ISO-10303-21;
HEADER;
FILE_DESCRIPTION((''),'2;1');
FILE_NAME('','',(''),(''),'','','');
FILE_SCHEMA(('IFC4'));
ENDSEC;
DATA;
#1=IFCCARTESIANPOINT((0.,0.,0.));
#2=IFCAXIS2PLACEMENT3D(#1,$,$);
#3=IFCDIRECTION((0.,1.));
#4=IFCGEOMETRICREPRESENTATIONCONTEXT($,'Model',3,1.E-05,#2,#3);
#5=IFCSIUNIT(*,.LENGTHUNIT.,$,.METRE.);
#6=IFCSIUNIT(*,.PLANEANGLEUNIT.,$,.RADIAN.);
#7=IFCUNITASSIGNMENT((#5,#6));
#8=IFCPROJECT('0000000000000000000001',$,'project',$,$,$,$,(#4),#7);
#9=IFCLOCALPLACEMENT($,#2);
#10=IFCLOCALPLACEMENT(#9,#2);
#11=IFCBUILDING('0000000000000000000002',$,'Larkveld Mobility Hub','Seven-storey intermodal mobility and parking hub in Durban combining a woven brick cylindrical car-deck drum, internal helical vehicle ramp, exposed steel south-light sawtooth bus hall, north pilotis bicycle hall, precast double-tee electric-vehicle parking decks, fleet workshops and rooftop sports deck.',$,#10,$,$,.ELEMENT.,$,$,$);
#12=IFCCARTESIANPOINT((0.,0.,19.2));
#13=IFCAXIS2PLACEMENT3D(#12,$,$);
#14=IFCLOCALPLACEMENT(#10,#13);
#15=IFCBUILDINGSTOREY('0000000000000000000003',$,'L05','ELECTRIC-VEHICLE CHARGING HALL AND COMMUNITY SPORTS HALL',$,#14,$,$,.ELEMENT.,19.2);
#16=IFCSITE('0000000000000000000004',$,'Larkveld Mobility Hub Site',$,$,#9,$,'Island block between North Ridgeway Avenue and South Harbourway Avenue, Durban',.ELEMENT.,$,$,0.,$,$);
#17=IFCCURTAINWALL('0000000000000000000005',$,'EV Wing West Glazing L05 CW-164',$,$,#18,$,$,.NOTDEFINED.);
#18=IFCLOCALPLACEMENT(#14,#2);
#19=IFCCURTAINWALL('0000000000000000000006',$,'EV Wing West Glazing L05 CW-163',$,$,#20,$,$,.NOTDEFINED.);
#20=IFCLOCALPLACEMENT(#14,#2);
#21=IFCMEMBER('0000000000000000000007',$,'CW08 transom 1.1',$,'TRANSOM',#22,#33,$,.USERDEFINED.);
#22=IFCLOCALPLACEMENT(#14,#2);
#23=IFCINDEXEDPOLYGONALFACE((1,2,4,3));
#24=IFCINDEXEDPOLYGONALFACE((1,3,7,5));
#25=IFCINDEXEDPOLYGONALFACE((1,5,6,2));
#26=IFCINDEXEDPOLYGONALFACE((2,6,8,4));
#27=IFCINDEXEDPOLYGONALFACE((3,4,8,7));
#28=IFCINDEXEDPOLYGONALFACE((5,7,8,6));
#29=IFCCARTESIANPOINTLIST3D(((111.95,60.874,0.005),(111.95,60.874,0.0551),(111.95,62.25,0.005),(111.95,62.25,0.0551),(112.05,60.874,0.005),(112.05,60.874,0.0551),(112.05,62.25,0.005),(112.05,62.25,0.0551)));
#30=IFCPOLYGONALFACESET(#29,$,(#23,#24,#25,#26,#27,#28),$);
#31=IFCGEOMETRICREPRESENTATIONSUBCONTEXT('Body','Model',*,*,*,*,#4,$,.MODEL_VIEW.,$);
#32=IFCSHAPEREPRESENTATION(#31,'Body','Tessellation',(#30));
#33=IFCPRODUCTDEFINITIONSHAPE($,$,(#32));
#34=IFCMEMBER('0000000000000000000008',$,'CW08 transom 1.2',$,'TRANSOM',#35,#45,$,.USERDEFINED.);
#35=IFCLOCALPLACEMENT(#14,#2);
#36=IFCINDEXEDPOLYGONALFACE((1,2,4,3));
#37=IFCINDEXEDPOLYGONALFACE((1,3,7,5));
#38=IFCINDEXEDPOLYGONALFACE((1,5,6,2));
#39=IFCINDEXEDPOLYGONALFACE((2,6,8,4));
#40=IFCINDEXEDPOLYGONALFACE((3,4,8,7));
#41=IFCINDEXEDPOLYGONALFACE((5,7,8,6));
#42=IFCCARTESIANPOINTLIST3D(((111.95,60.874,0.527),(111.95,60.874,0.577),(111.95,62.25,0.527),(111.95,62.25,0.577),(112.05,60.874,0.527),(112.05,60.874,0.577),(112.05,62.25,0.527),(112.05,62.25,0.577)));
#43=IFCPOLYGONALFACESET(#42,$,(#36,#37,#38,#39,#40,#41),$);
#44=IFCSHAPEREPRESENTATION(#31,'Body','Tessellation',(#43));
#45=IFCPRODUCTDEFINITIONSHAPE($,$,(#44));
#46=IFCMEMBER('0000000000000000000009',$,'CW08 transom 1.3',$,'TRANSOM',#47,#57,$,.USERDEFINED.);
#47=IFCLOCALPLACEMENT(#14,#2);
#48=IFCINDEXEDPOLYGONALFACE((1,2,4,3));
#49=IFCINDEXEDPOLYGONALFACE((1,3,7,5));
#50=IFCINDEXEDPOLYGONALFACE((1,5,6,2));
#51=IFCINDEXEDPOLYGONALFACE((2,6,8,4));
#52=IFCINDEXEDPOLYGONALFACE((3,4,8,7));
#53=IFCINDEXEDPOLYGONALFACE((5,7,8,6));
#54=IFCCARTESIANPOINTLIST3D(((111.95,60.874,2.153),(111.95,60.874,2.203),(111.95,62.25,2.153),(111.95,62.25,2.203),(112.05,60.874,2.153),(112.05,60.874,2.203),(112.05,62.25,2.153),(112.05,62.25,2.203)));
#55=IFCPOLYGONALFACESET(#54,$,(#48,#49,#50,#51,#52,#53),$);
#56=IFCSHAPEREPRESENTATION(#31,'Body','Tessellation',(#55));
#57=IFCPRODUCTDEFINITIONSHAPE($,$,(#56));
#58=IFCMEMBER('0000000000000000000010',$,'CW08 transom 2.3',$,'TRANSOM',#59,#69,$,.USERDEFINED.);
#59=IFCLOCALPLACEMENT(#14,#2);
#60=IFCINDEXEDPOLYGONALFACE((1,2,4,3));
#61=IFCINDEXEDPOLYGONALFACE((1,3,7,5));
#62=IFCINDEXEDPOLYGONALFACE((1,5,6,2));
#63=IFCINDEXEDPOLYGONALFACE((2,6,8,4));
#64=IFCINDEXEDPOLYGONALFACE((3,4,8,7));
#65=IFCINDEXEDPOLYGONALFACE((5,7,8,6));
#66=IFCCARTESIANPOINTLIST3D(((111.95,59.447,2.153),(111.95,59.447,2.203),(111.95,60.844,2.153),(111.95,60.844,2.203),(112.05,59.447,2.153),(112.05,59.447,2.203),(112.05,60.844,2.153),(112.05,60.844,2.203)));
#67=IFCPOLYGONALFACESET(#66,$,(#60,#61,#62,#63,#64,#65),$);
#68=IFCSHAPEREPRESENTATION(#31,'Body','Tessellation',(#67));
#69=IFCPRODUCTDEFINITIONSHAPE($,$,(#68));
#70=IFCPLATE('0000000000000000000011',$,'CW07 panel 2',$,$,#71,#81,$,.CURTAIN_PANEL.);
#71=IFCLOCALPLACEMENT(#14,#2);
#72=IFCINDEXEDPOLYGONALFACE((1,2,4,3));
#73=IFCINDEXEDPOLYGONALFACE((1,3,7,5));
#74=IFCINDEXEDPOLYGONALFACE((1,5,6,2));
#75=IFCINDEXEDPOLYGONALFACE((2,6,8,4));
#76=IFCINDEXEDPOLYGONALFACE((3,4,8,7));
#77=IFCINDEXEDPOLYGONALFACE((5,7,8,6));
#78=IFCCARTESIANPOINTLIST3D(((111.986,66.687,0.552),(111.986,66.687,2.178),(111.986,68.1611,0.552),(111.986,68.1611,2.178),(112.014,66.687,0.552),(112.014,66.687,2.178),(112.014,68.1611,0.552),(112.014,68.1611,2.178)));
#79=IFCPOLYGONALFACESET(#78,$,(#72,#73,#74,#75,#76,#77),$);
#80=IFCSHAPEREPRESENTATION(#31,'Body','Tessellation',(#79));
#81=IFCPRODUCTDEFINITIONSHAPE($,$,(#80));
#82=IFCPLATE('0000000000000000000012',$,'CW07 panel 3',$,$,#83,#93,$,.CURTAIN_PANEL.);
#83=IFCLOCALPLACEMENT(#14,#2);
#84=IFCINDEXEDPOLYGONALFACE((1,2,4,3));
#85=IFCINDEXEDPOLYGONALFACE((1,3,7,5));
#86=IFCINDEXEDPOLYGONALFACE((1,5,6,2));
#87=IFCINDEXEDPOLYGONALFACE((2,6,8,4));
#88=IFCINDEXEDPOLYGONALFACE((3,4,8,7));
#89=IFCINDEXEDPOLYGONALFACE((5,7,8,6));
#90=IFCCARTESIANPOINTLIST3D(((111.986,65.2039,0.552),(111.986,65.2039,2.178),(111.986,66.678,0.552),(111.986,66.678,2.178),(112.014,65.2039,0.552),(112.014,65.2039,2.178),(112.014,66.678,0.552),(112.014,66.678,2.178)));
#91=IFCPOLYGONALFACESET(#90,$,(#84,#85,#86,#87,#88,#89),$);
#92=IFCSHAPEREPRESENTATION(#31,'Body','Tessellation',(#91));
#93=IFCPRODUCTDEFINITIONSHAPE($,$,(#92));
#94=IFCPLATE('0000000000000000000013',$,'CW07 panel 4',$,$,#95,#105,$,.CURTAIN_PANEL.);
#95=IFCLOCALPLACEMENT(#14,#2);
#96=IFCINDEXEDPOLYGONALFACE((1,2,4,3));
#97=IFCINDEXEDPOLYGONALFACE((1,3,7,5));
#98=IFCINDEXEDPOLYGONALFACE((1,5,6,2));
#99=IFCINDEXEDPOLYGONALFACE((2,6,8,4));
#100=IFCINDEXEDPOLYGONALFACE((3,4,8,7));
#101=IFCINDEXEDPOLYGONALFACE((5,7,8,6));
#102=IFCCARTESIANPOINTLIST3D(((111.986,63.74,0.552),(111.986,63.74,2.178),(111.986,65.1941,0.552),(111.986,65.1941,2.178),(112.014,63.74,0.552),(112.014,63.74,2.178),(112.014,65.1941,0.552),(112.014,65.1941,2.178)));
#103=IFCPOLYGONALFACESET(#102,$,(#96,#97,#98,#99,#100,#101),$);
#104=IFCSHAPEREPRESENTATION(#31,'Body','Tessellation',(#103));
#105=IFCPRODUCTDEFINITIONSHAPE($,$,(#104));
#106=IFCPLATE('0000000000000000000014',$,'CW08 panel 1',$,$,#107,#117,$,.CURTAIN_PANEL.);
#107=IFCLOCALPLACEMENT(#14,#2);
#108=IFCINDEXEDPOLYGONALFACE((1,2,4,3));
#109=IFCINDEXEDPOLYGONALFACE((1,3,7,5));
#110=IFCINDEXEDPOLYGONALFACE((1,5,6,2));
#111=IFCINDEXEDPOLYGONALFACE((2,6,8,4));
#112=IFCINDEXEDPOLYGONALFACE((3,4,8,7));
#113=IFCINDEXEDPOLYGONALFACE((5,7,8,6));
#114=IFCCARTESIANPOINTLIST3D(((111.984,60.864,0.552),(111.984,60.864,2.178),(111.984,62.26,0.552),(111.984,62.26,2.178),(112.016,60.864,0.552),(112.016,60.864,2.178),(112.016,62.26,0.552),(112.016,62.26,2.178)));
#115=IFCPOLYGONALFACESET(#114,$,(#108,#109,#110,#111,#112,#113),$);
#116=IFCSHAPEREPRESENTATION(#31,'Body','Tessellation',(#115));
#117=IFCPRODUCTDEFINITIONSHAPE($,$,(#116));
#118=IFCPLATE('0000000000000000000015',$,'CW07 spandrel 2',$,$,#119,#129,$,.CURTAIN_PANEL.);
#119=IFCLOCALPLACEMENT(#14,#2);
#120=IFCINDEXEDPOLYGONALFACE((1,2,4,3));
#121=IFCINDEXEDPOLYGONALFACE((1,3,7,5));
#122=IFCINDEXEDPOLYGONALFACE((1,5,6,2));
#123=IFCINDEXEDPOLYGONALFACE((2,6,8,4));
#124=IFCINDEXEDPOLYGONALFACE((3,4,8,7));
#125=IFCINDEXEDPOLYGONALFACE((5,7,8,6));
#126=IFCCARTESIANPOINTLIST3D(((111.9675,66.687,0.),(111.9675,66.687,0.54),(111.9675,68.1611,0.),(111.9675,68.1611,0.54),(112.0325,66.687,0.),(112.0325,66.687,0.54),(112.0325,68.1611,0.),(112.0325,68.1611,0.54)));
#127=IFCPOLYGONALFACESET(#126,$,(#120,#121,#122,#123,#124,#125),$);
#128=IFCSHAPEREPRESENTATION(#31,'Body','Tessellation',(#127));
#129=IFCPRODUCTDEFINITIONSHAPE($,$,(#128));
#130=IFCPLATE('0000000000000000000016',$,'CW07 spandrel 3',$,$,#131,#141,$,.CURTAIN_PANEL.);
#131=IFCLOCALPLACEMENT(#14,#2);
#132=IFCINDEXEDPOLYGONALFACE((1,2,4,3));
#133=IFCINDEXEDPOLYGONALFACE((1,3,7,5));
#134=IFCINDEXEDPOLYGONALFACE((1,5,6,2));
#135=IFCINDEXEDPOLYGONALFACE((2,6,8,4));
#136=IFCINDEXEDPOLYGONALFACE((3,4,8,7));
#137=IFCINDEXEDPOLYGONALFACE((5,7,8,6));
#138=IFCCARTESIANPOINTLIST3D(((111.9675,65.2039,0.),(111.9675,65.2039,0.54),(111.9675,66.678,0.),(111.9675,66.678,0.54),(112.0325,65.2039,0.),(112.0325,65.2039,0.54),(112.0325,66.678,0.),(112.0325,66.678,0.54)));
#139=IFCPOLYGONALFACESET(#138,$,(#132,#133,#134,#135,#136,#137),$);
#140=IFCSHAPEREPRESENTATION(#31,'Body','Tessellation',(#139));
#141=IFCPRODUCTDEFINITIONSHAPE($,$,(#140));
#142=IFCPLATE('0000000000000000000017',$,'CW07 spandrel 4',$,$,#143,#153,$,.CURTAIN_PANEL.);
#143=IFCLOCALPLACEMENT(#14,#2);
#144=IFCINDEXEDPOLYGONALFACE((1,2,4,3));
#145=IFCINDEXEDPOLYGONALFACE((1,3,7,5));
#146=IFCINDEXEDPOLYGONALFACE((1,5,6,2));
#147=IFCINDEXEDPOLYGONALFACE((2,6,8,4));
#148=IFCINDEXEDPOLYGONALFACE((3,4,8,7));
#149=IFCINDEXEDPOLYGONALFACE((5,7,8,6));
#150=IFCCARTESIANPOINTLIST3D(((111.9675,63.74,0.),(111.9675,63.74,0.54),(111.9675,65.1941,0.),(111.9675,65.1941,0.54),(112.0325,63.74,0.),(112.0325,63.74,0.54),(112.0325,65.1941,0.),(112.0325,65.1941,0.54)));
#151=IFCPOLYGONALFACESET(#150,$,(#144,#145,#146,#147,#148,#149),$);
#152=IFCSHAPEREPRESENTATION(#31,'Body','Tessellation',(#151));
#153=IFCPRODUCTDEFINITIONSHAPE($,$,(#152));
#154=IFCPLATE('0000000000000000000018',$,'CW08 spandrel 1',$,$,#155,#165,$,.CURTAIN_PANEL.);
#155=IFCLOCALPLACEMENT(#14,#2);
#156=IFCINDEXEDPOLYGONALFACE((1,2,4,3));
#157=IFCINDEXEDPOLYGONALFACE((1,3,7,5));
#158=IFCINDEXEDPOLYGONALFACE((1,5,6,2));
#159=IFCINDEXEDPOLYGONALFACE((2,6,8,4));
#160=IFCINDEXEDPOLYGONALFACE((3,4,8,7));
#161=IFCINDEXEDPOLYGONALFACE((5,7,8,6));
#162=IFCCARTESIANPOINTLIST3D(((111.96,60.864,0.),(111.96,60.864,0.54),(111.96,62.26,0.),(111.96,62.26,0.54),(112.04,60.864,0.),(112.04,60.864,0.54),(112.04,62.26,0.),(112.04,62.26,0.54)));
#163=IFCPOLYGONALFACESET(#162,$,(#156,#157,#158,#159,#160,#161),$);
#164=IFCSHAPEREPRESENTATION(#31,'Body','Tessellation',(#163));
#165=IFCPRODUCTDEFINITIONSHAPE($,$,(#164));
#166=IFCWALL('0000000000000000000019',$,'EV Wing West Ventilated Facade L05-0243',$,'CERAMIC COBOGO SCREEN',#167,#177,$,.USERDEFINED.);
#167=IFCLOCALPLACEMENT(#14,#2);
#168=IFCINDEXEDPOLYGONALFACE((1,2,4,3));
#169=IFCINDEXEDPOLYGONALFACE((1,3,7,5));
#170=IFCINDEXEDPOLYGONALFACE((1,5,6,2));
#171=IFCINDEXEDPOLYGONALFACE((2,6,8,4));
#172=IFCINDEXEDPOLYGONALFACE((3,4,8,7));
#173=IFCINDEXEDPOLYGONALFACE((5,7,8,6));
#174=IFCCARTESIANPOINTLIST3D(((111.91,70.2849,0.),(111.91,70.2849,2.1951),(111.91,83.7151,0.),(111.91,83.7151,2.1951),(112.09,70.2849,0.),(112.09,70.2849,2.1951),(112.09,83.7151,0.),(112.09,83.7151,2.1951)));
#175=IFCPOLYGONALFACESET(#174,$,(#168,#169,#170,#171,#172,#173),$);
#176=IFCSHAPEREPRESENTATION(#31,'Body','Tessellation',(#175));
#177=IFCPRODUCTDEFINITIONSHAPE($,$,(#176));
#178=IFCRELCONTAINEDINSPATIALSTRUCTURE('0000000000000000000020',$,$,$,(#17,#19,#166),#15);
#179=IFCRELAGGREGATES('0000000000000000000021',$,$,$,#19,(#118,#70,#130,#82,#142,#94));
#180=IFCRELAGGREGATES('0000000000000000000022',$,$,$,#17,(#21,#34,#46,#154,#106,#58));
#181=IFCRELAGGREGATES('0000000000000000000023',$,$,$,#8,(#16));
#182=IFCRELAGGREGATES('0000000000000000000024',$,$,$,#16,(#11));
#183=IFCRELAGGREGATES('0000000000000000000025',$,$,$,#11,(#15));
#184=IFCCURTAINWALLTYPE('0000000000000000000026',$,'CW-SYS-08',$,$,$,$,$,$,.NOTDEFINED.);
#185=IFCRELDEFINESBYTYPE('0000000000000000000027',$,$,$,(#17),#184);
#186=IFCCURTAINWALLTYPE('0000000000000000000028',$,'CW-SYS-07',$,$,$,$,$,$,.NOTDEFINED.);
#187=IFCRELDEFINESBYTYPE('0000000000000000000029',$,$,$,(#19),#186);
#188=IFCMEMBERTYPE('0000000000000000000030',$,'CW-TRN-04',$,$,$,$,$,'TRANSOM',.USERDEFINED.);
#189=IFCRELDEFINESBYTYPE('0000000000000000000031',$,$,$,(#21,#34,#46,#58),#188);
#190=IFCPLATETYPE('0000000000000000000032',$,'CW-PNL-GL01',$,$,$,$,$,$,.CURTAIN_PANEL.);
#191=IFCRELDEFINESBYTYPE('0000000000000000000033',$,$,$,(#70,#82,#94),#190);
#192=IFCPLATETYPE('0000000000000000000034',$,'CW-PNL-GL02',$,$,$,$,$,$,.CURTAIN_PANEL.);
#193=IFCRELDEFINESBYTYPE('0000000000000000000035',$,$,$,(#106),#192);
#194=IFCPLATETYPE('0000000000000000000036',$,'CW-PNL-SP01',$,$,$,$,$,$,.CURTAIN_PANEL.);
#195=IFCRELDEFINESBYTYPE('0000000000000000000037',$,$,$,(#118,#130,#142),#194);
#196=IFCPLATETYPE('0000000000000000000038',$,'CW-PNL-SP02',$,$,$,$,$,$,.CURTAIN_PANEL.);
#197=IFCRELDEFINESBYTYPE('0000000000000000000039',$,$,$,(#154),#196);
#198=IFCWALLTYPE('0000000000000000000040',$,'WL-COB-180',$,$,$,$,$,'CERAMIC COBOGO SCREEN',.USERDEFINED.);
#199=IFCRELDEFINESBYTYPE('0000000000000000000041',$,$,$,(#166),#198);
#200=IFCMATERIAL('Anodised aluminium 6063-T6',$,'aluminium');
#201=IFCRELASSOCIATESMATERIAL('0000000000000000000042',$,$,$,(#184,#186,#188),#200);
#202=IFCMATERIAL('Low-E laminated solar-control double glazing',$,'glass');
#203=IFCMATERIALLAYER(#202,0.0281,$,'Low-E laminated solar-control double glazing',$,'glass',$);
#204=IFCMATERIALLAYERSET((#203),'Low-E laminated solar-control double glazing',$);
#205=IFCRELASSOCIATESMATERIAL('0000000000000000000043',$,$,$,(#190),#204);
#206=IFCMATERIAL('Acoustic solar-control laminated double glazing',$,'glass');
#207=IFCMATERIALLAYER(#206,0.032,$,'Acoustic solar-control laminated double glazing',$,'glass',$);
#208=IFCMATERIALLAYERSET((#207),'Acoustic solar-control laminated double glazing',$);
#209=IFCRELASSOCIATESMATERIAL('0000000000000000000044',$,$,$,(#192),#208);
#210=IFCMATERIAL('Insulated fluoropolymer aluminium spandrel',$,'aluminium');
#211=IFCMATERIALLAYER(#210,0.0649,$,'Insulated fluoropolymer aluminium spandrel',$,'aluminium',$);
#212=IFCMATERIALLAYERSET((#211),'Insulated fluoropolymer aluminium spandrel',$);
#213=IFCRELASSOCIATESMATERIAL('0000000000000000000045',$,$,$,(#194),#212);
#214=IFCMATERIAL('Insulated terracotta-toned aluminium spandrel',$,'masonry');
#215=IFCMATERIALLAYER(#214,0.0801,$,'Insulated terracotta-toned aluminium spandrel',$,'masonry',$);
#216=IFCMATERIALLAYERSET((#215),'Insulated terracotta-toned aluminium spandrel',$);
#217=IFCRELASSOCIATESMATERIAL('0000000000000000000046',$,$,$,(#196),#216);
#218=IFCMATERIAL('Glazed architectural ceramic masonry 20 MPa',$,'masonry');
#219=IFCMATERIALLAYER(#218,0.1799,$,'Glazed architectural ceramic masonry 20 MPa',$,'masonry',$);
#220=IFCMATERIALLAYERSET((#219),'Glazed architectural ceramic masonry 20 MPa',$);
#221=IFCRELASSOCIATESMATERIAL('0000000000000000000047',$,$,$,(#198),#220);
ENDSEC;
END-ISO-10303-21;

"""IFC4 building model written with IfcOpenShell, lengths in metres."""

from ifc_helpers import new_model, si_unit, direction, frame, frame_2d, origin, origin_2d, place, context, subcontext, project, spatial, rectangle, extrude, material, layer, layer_set, material_profile, profile_set, type_object, element, aggregate, save


model = new_model("IFC4")

# Units and contexts
model_context = context("Model", 3, precision=1e-05, world=origin(), true_north=direction((0.0, 1.0)))
body_context = subcontext(model_context, "Body", "Model", "MODEL_VIEW")
ifc_project = project(units=[si_unit("LENGTHUNIT", "METRE"), si_unit("PLANEANGLEUNIT", "RADIAN")], contexts=[model_context])

# Site, building, storey
site_placement = place(None, origin())
site = spatial("IfcSite", under=ifc_project, at=site_placement, Name="Larkveld Mobility Hub Site", LongName="Island block between North Ridgeway Avenue and South Harbourway Avenue, Durban", CompositionType="ELEMENT", RefElevation=0.0)
building_placement = place(site_placement, origin())
building = spatial("IfcBuilding", under=site, at=building_placement, Name="Larkveld Mobility Hub", Description="Seven-storey intermodal mobility and parking hub in Durban combining a woven brick cylindrical car-deck drum, internal helical vehicle ramp, exposed steel south-light sawtooth bus hall, north pilotis bicycle hall, precast double-tee electric-vehicle parking decks, fleet workshops and rooftop sports deck.", CompositionType="ELEMENT")
storey_placement = place(building_placement, frame((0.0, 0.0, 19.2)))
storey = spatial("IfcBuildingStorey", under=building, at=storey_placement, Name="L05", Description="ELECTRIC-VEHICLE CHARGING HALL AND COMMUNITY SPORTS HALL", CompositionType="ELEMENT", Elevation=19.2)

# Curtain walls
ifc_material_1 = material(Name="Anodised aluminium 6063-T6", Category="aluminium")
curtain_wall_type_1 = type_object("IfcCurtainWallType", Name="CW-SYS-08", PredefinedType="NOTDEFINED", material=ifc_material_1)
curtain_wall_1_placement = place(storey_placement, origin())
curtain_wall_1 = element("IfcCurtainWall", 1, at=curtain_wall_1_placement, inside=storey, type_object=curtain_wall_type_1, Name="EV Wing West Glazing L05 CW-164", PredefinedType="NOTDEFINED")
curtain_wall_type_2 = type_object("IfcCurtainWallType", Name="CW-SYS-07", PredefinedType="NOTDEFINED", material=ifc_material_1)
curtain_wall_2_placement = place(storey_placement, origin())
curtain_wall_2 = element("IfcCurtainWall", 2, at=curtain_wall_2_placement, inside=storey, type_object=curtain_wall_type_2, Name="EV Wing West Glazing L05 CW-163", PredefinedType="NOTDEFINED")

# Members
ifc_material_profile_1 = material_profile(ifc_material_1, rectangle(XDim=0.1001, YDim=0.05, at=origin_2d()), Name="ALU TRAN 50x100")
ifc_profile_set_1 = profile_set([ifc_material_profile_1], Name="Anodised aluminium 6063-T6")
member_type_1 = type_object("IfcMemberType", Name="CW-TRN-04", ElementType="TRANSOM", PredefinedType="USERDEFINED", material=ifc_profile_set_1)
member_1_placement = place(storey_placement, frame((112.0, 62.25, 0.03), z_axis=(0.0, -1.0, 0.0), x_axis=(1.0, 0.0, 0.0)))
member_1 = element("IfcMember", 3, at=member_1_placement, type_object=member_type_1, Name="CW08 transom 1.1", ObjectType="TRANSOM", PredefinedType="USERDEFINED", context=body_context, shape_type="SweptSolid", body=[
    extrude(rectangle(XDim=0.1001, YDim=0.05, at=origin_2d()), origin(), (0.0, 0.0, 1.0), 1.376),
])
member_2_placement = place(storey_placement, frame((112.0, 62.25, 0.552), z_axis=(0.0, -1.0, 0.0), x_axis=(1.0, 0.0, 0.0)))
member_2 = element("IfcMember", 4, at=member_2_placement, type_object=member_type_1, Name="CW08 transom 1.2", ObjectType="TRANSOM", PredefinedType="USERDEFINED", context=body_context, shape_type="SweptSolid", body=[
    extrude(rectangle(XDim=0.1001, YDim=0.05, at=origin_2d()), origin(), (0.0, 0.0, 1.0), 1.376),
])
member_3_placement = place(storey_placement, frame((112.0, 62.25, 2.178), z_axis=(0.0, -1.0, 0.0), x_axis=(1.0, 0.0, 0.0)))
member_3 = element("IfcMember", 5, at=member_3_placement, type_object=member_type_1, Name="CW08 transom 1.3", ObjectType="TRANSOM", PredefinedType="USERDEFINED", context=body_context, shape_type="SweptSolid", body=[
    extrude(rectangle(XDim=0.1001, YDim=0.05, at=origin_2d()), origin(), (0.0, 0.0, 1.0), 1.376),
])
member_4_placement = place(storey_placement, frame((112.0, 60.844, 2.178), z_axis=(0.0, -1.0, 0.0), x_axis=(1.0, 0.0, 0.0)))
member_4 = element("IfcMember", 6, at=member_4_placement, type_object=member_type_1, Name="CW08 transom 2.3", ObjectType="TRANSOM", PredefinedType="USERDEFINED", context=body_context, shape_type="SweptSolid", body=[
    extrude(rectangle(XDim=0.1001, YDim=0.05, at=origin_2d()), origin(), (0.0, 0.0, 1.0), 1.397),
])

# Plates
ifc_material_2 = material(Name="Low-E laminated solar-control double glazing", Category="glass")
ifc_layer_1 = layer(ifc_material_2, 0.0281, Name="Low-E laminated solar-control double glazing", Category="glass")
ifc_layer_set_1 = layer_set([ifc_layer_1], Name="Low-E laminated solar-control double glazing")
plate_type_1 = type_object("IfcPlateType", Name="CW-PNL-GL01", PredefinedType="CURTAIN_PANEL", material=ifc_layer_set_1)
plate_1_placement = place(storey_placement, frame((112.0, 67.4241, 0.552), z_axis=(0.0, 0.0, 1.0), x_axis=(0.0, -1.0, 0.0)))
plate_1 = element("IfcPlate", 7, at=plate_1_placement, type_object=plate_type_1, Name="CW07 panel 2", PredefinedType="CURTAIN_PANEL", context=body_context, shape_type="SweptSolid", body=[
    extrude(rectangle(XDim=1.4741, YDim=0.0281, at=origin_2d()), origin(), (0.0, 0.0, 1.0), 1.626),
])
plate_2_placement = place(storey_placement, frame((112.0, 65.9409, 0.552), z_axis=(0.0, 0.0, 1.0), x_axis=(0.0, -1.0, 0.0)))
plate_2 = element("IfcPlate", 8, at=plate_2_placement, type_object=plate_type_1, Name="CW07 panel 3", PredefinedType="CURTAIN_PANEL", context=body_context, shape_type="SweptSolid", body=[
    extrude(rectangle(XDim=1.4741, YDim=0.0281, at=origin_2d()), origin(), (0.0, 0.0, 1.0), 1.626),
])
plate_3_placement = place(storey_placement, frame((112.0, 64.467, 0.552), z_axis=(0.0, 0.0, 1.0), x_axis=(0.0, -1.0, 0.0)))
plate_3 = element("IfcPlate", 9, at=plate_3_placement, type_object=plate_type_1, Name="CW07 panel 4", PredefinedType="CURTAIN_PANEL", context=body_context, shape_type="SweptSolid", body=[
    extrude(rectangle(XDim=1.4541, YDim=0.0281, at=origin_2d()), origin(), (0.0, 0.0, 1.0), 1.626),
])
ifc_material_3 = material(Name="Acoustic solar-control laminated double glazing", Category="glass")
ifc_layer_2 = layer(ifc_material_3, 0.032, Name="Acoustic solar-control laminated double glazing", Category="glass")
ifc_layer_set_2 = layer_set([ifc_layer_2], Name="Acoustic solar-control laminated double glazing")
plate_type_2 = type_object("IfcPlateType", Name="CW-PNL-GL02", PredefinedType="CURTAIN_PANEL", material=ifc_layer_set_2)
plate_4_placement = place(storey_placement, frame((112.0, 61.562, 0.552), z_axis=(0.0, 0.0, 1.0), x_axis=(0.0, -1.0, 0.0)))
plate_4 = element("IfcPlate", 10, at=plate_4_placement, type_object=plate_type_2, Name="CW08 panel 1", PredefinedType="CURTAIN_PANEL", context=body_context, shape_type="SweptSolid", body=[
    extrude(rectangle(XDim=1.396, YDim=0.032, at=origin_2d()), origin(), (0.0, 0.0, 1.0), 1.626),
])
ifc_material_4 = material(Name="Insulated fluoropolymer aluminium spandrel", Category="aluminium")
ifc_layer_3 = layer(ifc_material_4, 0.0649, Name="Insulated fluoropolymer aluminium spandrel", Category="aluminium")
ifc_layer_set_3 = layer_set([ifc_layer_3], Name="Insulated fluoropolymer aluminium spandrel")
plate_type_3 = type_object("IfcPlateType", Name="CW-PNL-SP01", PredefinedType="CURTAIN_PANEL", material=ifc_layer_set_3)
plate_5_placement = place(storey_placement, frame((112.0, 67.4241, 0.0), z_axis=(0.0, 0.0, 1.0), x_axis=(0.0, -1.0, 0.0)))
plate_5 = element("IfcPlate", 11, at=plate_5_placement, type_object=plate_type_3, Name="CW07 spandrel 2", PredefinedType="CURTAIN_PANEL", context=body_context, shape_type="SweptSolid", body=[
    extrude(rectangle(XDim=1.4741, YDim=0.0649, at=origin_2d()), origin(), (0.0, 0.0, 1.0), 0.54),
])
plate_6_placement = place(storey_placement, frame((112.0, 65.9409, 0.0), z_axis=(0.0, 0.0, 1.0), x_axis=(0.0, -1.0, 0.0)))
plate_6 = element("IfcPlate", 12, at=plate_6_placement, type_object=plate_type_3, Name="CW07 spandrel 3", PredefinedType="CURTAIN_PANEL", context=body_context, shape_type="SweptSolid", body=[
    extrude(rectangle(XDim=1.4741, YDim=0.0649, at=origin_2d()), origin(), (0.0, 0.0, 1.0), 0.54),
])
plate_7_placement = place(storey_placement, frame((112.0, 64.467, 0.0), z_axis=(0.0, 0.0, 1.0), x_axis=(0.0, -1.0, 0.0)))
plate_7 = element("IfcPlate", 13, at=plate_7_placement, type_object=plate_type_3, Name="CW07 spandrel 4", PredefinedType="CURTAIN_PANEL", context=body_context, shape_type="SweptSolid", body=[
    extrude(rectangle(XDim=1.4541, YDim=0.0649, at=origin_2d()), origin(), (0.0, 0.0, 1.0), 0.54),
])
aggregate(curtain_wall_2, [plate_5, plate_1, plate_6, plate_2, plate_7, plate_3])
ifc_material_5 = material(Name="Insulated terracotta-toned aluminium spandrel", Category="masonry")
ifc_layer_4 = layer(ifc_material_5, 0.0801, Name="Insulated terracotta-toned aluminium spandrel", Category="masonry")
ifc_layer_set_4 = layer_set([ifc_layer_4], Name="Insulated terracotta-toned aluminium spandrel")
plate_type_4 = type_object("IfcPlateType", Name="CW-PNL-SP02", PredefinedType="CURTAIN_PANEL", material=ifc_layer_set_4)
plate_8_placement = place(storey_placement, frame((112.0, 61.562, 0.0), z_axis=(0.0, 0.0, 1.0), x_axis=(0.0, -1.0, 0.0)))
plate_8 = element("IfcPlate", 14, at=plate_8_placement, type_object=plate_type_4, Name="CW08 spandrel 1", PredefinedType="CURTAIN_PANEL", context=body_context, shape_type="SweptSolid", body=[
    extrude(rectangle(XDim=1.396, YDim=0.0801, at=origin_2d()), origin(), (0.0, 0.0, 1.0), 0.54),
])
aggregate(curtain_wall_1, [member_1, member_2, member_3, plate_8, plate_4, member_4])

# Wall
ifc_material_6 = material(Name="Glazed architectural ceramic masonry 20 MPa", Category="masonry")
ifc_layer_5 = layer(ifc_material_6, 0.1799, Name="Glazed architectural ceramic masonry 20 MPa", Category="masonry")
ifc_layer_set_5 = layer_set([ifc_layer_5], Name="Glazed architectural ceramic masonry 20 MPa")
wall_type_1 = type_object("IfcWallType", Name="WL-COB-180", ElementType="CERAMIC COBOGO SCREEN", PredefinedType="USERDEFINED", material=ifc_layer_set_5)
wall_1_placement = place(storey_placement, frame((112.0, 83.7151, 0.0), z_axis=(0.0, 0.0, 1.0), x_axis=(0.0, -1.0, 0.0)))
element("IfcWall", 15, at=wall_1_placement, inside=storey, type_object=wall_type_1, Name="EV Wing West Ventilated Facade L05-0243", ObjectType="CERAMIC COBOGO SCREEN", PredefinedType="USERDEFINED", context=body_context, shape_type="SweptSolid", body=[
    extrude(rectangle(XDim=13.4302, YDim=0.1799, at=frame_2d((6.7151, 0.0))), origin(), (0.0, 0.0, 1.0), 2.1951),
])

save(model, "model.ifc")
